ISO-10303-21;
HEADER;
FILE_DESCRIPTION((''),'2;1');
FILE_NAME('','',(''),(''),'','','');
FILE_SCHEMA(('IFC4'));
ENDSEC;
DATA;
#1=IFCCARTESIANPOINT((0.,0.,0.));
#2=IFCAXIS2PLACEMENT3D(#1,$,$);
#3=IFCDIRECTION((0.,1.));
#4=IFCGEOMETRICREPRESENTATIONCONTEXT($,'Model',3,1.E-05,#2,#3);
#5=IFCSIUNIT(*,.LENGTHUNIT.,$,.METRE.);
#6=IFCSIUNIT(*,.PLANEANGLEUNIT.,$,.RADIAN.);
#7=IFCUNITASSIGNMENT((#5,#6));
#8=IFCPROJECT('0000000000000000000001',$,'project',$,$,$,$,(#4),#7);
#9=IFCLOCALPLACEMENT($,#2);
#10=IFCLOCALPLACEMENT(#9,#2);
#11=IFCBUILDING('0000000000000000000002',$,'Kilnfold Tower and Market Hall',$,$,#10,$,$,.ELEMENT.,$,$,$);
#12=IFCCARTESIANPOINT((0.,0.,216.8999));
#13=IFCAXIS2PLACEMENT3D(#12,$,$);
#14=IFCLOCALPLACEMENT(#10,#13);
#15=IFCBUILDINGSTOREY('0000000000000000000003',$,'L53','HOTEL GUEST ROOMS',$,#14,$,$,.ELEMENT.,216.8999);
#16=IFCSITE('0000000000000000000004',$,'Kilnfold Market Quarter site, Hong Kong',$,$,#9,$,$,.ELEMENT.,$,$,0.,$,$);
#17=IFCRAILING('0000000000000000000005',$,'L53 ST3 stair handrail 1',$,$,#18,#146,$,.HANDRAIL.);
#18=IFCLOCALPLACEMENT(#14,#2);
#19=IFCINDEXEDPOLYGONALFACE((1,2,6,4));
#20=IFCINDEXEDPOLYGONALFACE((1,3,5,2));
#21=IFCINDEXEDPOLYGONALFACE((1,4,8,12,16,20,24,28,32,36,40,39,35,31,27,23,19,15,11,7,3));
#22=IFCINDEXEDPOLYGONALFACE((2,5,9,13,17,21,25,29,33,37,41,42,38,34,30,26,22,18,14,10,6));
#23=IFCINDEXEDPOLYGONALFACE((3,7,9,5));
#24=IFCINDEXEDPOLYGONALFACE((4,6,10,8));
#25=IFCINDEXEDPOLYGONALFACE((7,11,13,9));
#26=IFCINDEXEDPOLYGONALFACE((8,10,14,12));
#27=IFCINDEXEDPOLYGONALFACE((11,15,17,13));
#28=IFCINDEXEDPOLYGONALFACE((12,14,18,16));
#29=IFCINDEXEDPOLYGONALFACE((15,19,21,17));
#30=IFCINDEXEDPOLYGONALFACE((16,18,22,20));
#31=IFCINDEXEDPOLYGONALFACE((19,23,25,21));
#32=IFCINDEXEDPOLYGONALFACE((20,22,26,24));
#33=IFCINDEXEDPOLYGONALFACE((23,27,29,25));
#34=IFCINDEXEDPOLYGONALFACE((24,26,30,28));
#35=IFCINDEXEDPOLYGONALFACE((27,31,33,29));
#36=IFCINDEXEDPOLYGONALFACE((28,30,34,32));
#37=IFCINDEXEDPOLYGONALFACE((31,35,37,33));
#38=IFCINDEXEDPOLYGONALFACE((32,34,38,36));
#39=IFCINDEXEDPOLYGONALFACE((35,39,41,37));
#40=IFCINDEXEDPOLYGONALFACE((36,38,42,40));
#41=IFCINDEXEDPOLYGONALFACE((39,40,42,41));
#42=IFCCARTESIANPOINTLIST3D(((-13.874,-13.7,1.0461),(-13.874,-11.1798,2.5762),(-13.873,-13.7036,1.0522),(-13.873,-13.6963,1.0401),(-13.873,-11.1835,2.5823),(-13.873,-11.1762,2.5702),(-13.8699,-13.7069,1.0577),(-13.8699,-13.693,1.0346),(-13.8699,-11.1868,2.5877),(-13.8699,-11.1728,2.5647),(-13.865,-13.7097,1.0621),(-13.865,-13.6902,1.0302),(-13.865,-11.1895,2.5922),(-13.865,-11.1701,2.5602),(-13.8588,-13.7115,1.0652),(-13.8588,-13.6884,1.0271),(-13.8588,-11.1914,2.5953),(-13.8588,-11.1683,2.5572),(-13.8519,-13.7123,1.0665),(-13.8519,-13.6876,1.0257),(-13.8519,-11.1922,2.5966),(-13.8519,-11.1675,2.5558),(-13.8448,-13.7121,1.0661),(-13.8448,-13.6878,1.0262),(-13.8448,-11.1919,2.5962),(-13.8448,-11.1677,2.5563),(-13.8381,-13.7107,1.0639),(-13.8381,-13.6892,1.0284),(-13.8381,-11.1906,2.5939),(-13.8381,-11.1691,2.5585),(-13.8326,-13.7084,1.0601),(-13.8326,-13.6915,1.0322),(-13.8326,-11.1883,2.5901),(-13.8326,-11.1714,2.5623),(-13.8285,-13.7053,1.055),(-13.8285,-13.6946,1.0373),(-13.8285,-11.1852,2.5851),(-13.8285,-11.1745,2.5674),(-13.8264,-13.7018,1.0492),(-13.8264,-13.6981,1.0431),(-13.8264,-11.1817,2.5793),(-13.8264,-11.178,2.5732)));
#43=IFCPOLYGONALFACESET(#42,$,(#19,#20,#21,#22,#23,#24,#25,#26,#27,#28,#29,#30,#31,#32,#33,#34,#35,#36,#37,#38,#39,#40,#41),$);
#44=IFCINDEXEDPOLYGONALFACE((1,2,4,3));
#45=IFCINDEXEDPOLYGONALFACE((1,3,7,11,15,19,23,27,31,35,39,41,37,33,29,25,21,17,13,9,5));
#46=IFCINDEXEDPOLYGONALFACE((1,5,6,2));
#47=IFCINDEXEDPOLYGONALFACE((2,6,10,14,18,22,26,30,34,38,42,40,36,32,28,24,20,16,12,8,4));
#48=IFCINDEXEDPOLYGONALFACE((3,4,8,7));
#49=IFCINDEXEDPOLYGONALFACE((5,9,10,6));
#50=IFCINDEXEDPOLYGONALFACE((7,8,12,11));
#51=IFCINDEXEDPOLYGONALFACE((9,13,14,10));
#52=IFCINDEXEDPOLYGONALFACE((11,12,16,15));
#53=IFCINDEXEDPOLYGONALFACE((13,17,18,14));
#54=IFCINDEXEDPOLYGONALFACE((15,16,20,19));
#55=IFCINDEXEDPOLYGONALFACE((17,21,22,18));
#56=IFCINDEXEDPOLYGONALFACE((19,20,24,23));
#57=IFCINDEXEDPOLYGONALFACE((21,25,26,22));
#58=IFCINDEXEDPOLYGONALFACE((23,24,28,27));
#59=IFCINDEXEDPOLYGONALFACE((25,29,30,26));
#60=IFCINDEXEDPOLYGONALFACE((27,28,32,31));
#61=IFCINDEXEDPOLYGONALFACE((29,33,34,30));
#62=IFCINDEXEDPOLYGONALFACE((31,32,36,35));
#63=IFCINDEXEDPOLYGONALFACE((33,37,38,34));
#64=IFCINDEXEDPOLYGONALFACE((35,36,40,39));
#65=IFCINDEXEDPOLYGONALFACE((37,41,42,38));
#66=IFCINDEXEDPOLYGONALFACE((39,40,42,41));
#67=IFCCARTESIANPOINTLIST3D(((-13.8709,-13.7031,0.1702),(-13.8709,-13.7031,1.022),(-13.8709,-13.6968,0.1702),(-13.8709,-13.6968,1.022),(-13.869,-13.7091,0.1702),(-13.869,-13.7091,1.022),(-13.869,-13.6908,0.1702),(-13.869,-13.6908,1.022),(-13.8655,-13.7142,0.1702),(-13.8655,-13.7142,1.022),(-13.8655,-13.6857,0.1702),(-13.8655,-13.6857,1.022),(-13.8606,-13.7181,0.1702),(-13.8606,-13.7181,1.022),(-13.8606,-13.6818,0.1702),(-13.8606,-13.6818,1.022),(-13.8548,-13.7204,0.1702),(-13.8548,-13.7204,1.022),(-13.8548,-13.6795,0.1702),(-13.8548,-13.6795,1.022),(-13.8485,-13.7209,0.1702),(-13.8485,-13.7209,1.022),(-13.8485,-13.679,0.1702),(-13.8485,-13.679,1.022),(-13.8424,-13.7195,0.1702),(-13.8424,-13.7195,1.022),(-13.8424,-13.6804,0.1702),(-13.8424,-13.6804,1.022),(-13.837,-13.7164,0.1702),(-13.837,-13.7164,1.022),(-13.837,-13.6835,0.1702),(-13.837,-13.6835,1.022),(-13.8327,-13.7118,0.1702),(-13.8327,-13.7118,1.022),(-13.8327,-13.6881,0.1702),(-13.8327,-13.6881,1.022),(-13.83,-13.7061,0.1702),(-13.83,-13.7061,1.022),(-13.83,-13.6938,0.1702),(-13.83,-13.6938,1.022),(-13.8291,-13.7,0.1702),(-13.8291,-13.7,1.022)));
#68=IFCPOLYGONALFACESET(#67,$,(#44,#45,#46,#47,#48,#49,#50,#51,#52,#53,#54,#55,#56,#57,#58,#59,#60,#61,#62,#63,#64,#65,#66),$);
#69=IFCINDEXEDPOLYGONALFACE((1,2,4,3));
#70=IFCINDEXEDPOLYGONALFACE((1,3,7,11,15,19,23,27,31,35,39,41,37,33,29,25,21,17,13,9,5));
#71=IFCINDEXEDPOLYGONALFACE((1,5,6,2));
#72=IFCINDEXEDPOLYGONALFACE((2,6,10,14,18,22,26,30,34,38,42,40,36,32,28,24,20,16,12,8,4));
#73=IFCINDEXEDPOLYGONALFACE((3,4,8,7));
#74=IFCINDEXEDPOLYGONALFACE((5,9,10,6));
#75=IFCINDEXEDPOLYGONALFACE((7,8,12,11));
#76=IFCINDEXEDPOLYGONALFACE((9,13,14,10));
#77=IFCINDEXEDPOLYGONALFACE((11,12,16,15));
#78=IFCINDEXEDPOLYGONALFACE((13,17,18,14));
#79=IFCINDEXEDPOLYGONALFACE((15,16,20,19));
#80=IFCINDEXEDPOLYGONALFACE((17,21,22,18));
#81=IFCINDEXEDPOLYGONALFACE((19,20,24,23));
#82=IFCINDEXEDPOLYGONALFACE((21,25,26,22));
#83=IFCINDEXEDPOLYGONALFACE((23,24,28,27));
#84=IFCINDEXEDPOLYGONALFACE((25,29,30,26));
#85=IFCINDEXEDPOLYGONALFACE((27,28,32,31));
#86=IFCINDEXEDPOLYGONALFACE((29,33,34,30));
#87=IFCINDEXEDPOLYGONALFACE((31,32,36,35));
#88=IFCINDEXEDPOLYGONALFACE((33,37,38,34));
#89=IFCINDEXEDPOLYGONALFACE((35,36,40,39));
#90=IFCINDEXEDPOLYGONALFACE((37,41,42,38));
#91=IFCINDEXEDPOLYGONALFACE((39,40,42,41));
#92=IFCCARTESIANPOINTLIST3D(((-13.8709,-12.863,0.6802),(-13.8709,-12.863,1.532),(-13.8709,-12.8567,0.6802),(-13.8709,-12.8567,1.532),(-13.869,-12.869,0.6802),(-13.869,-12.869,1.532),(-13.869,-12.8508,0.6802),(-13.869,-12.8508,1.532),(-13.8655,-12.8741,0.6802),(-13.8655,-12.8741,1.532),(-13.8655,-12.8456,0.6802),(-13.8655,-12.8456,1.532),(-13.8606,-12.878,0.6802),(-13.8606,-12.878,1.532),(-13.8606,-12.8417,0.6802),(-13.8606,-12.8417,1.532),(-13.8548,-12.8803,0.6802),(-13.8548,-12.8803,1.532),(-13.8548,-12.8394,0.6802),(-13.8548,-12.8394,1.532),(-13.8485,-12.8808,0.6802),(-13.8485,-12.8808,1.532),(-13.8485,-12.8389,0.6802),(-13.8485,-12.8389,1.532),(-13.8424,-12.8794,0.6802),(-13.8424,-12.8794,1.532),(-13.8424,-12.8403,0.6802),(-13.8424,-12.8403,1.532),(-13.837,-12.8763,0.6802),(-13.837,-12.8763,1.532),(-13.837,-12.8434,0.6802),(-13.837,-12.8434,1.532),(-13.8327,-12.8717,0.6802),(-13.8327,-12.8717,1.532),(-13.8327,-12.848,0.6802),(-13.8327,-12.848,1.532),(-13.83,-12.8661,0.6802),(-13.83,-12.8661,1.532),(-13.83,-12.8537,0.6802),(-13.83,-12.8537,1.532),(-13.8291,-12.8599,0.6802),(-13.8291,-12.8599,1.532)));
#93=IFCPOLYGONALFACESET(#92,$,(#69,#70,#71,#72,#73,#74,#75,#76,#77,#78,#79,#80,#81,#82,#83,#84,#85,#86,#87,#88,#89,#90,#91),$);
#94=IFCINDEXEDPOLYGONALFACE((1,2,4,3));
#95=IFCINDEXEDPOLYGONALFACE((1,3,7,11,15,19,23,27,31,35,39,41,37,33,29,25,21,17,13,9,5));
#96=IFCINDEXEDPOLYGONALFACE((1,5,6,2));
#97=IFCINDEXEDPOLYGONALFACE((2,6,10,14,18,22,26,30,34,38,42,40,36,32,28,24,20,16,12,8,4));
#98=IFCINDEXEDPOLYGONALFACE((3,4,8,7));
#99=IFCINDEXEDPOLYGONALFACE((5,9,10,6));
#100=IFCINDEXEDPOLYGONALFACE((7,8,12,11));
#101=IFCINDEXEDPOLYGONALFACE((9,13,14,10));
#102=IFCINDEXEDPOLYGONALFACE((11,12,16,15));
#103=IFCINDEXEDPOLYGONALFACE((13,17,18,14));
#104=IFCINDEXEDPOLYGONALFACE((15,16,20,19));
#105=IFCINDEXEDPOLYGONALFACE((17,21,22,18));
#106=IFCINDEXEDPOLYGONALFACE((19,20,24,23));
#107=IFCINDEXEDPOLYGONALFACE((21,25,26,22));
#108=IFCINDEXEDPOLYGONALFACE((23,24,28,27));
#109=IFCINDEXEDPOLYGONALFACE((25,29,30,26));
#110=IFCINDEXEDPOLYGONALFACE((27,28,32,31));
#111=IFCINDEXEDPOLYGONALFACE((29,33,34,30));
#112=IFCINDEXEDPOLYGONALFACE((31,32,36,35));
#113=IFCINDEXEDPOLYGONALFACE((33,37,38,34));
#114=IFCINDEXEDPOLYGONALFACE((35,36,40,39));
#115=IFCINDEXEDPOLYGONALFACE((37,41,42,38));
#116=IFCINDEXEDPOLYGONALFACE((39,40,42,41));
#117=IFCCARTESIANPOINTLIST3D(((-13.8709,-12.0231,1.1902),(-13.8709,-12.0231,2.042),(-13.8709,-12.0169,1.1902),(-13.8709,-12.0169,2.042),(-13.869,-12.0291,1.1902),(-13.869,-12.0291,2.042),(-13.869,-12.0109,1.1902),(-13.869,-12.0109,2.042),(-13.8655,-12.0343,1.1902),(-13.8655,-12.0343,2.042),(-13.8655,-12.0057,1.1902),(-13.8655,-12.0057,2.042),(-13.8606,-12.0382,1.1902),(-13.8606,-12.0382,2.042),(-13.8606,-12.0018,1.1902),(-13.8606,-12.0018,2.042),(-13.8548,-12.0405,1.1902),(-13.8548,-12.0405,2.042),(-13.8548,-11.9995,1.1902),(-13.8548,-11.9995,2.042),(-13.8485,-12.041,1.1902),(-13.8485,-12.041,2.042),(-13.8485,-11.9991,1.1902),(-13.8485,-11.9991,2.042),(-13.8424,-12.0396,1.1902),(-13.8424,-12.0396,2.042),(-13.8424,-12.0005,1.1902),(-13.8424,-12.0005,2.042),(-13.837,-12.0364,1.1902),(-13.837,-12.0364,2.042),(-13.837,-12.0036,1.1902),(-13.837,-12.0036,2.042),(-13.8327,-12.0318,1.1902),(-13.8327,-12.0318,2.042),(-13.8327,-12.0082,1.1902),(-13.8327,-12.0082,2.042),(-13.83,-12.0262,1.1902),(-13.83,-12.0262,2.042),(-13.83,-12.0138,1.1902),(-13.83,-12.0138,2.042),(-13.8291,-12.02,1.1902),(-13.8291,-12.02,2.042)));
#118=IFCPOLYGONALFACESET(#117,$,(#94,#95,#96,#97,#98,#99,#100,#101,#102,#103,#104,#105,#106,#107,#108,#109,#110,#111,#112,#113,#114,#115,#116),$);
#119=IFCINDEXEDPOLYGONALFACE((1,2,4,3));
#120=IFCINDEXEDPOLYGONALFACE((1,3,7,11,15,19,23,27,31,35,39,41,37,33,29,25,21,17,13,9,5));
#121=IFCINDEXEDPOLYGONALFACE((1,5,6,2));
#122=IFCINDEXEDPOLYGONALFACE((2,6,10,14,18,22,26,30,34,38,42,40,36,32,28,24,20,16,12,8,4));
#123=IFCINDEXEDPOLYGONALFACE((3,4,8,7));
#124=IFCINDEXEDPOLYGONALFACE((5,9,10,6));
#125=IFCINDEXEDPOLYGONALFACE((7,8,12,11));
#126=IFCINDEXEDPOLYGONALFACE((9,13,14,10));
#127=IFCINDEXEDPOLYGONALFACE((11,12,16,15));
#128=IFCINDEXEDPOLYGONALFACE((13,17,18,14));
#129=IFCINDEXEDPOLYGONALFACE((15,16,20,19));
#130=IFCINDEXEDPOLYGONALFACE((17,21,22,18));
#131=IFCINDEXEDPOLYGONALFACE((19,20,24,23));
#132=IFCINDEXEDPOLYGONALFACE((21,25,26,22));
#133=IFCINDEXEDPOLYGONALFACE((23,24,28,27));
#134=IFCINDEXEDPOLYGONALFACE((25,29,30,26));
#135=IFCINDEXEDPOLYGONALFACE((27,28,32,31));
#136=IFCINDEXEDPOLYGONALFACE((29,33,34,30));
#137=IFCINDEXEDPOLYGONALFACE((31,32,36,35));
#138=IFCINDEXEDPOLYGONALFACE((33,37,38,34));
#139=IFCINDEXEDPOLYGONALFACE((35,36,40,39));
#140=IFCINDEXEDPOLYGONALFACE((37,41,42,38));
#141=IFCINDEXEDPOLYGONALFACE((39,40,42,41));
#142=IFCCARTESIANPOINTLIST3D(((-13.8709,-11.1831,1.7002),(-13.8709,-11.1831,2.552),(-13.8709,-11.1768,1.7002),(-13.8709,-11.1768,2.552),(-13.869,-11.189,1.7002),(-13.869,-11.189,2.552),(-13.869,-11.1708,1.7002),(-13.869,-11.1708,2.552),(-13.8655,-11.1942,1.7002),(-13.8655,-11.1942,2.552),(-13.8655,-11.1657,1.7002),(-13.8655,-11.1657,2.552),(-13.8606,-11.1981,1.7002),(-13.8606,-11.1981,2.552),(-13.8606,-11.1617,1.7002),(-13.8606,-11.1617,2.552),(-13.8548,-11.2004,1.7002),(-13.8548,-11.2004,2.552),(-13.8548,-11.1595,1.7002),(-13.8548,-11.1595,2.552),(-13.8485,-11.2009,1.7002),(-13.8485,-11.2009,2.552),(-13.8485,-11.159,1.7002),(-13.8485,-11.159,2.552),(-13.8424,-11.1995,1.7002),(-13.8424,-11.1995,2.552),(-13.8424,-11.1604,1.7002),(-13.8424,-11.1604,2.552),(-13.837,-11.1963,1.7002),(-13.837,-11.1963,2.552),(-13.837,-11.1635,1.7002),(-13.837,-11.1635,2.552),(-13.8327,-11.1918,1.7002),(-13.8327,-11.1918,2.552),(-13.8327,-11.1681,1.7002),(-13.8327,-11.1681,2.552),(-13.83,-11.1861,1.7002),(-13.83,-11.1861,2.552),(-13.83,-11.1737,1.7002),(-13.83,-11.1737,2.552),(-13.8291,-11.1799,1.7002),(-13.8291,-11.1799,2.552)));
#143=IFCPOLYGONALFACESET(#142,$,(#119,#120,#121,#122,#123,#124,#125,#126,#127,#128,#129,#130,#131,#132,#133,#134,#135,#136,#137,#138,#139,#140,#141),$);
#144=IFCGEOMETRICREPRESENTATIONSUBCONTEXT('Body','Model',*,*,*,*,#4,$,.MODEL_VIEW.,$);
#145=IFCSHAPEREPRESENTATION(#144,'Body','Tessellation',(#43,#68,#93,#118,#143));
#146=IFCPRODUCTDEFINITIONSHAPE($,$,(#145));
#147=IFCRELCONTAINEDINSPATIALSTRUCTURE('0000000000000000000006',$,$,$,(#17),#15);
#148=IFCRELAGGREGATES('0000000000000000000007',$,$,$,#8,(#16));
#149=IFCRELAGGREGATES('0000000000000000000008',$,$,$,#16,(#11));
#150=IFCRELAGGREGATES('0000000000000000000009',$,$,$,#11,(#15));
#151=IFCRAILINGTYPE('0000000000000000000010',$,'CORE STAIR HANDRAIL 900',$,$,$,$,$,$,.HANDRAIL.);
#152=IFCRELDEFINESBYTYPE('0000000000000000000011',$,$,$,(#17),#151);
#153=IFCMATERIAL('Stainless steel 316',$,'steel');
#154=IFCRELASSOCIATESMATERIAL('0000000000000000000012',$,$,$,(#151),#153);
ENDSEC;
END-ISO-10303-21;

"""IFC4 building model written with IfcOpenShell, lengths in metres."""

from ifc_helpers import new_model, si_unit, direction, frame, origin, origin_2d, place, context, subcontext, project, spatial, circle, extrude, material, type_object, element, save


model = new_model("IFC4")

# Units and contexts
model_context = context("Model", 3, precision=1e-05, world=origin(), true_north=direction((0.0, 1.0)))
body_context = subcontext(model_context, "Body", "Model", "MODEL_VIEW")
ifc_project = project(units=[si_unit("LENGTHUNIT", "METRE"), si_unit("PLANEANGLEUNIT", "RADIAN")], contexts=[model_context])

# Site, building, storey
site_placement = place(None, origin())
site = spatial("IfcSite", under=ifc_project, at=site_placement, Name="Kilnfold Market Quarter site, Hong Kong", CompositionType="ELEMENT", RefElevation=0.0)
building_placement = place(site_placement, origin())
building = spatial("IfcBuilding", under=site, at=building_placement, Name="Kilnfold Tower and Market Hall", CompositionType="ELEMENT")
storey_placement = place(building_placement, frame((0.0, 0.0, 216.8999)))
storey = spatial("IfcBuildingStorey", under=building, at=storey_placement, Name="L53", Description="HOTEL GUEST ROOMS", CompositionType="ELEMENT", Elevation=216.8999)

# Railing
ifc_material_1 = material(Name="Stainless steel 316", Category="steel")
railing_type_1 = type_object("IfcRailingType", Name="CORE STAIR HANDRAIL 900", PredefinedType="HANDRAIL", material=ifc_material_1)
railing_1_placement = place(storey_placement, frame((-13.8501, -13.7, 0.1702)))
element("IfcRailing", 1, at=railing_1_placement, inside=storey, type_object=railing_type_1, Name="L53 ST3 stair handrail 1", PredefinedType="HANDRAIL", context=body_context, shape_type="SweptSolid", body=[
    extrude(circle(Radius=0.0239, at=origin_2d()), frame((0.0, 0.0, 0.876), z_axis=(0.0, 0.854785, 0.518982), x_axis=(-1.0, 0.0, 0.0)), (0.0, 0.0, 1.0), 2.9482),
    extrude(circle(Radius=0.021, at=origin_2d()), origin(), (0.0, 0.0, 1.0), 0.8518),
    extrude(circle(Radius=0.021, at=origin_2d()), frame((0.0, 0.8401, 0.51)), (0.0, 0.0, 1.0), 0.8518),
    extrude(circle(Radius=0.021, at=origin_2d()), frame((0.0, 1.6799, 1.02)), (0.0, 0.0, 1.0), 0.8518),
    extrude(circle(Radius=0.021, at=origin_2d()), frame((0.0, 2.52, 1.53)), (0.0, 0.0, 1.0), 0.8518),
])

save(model, "model.ifc")
